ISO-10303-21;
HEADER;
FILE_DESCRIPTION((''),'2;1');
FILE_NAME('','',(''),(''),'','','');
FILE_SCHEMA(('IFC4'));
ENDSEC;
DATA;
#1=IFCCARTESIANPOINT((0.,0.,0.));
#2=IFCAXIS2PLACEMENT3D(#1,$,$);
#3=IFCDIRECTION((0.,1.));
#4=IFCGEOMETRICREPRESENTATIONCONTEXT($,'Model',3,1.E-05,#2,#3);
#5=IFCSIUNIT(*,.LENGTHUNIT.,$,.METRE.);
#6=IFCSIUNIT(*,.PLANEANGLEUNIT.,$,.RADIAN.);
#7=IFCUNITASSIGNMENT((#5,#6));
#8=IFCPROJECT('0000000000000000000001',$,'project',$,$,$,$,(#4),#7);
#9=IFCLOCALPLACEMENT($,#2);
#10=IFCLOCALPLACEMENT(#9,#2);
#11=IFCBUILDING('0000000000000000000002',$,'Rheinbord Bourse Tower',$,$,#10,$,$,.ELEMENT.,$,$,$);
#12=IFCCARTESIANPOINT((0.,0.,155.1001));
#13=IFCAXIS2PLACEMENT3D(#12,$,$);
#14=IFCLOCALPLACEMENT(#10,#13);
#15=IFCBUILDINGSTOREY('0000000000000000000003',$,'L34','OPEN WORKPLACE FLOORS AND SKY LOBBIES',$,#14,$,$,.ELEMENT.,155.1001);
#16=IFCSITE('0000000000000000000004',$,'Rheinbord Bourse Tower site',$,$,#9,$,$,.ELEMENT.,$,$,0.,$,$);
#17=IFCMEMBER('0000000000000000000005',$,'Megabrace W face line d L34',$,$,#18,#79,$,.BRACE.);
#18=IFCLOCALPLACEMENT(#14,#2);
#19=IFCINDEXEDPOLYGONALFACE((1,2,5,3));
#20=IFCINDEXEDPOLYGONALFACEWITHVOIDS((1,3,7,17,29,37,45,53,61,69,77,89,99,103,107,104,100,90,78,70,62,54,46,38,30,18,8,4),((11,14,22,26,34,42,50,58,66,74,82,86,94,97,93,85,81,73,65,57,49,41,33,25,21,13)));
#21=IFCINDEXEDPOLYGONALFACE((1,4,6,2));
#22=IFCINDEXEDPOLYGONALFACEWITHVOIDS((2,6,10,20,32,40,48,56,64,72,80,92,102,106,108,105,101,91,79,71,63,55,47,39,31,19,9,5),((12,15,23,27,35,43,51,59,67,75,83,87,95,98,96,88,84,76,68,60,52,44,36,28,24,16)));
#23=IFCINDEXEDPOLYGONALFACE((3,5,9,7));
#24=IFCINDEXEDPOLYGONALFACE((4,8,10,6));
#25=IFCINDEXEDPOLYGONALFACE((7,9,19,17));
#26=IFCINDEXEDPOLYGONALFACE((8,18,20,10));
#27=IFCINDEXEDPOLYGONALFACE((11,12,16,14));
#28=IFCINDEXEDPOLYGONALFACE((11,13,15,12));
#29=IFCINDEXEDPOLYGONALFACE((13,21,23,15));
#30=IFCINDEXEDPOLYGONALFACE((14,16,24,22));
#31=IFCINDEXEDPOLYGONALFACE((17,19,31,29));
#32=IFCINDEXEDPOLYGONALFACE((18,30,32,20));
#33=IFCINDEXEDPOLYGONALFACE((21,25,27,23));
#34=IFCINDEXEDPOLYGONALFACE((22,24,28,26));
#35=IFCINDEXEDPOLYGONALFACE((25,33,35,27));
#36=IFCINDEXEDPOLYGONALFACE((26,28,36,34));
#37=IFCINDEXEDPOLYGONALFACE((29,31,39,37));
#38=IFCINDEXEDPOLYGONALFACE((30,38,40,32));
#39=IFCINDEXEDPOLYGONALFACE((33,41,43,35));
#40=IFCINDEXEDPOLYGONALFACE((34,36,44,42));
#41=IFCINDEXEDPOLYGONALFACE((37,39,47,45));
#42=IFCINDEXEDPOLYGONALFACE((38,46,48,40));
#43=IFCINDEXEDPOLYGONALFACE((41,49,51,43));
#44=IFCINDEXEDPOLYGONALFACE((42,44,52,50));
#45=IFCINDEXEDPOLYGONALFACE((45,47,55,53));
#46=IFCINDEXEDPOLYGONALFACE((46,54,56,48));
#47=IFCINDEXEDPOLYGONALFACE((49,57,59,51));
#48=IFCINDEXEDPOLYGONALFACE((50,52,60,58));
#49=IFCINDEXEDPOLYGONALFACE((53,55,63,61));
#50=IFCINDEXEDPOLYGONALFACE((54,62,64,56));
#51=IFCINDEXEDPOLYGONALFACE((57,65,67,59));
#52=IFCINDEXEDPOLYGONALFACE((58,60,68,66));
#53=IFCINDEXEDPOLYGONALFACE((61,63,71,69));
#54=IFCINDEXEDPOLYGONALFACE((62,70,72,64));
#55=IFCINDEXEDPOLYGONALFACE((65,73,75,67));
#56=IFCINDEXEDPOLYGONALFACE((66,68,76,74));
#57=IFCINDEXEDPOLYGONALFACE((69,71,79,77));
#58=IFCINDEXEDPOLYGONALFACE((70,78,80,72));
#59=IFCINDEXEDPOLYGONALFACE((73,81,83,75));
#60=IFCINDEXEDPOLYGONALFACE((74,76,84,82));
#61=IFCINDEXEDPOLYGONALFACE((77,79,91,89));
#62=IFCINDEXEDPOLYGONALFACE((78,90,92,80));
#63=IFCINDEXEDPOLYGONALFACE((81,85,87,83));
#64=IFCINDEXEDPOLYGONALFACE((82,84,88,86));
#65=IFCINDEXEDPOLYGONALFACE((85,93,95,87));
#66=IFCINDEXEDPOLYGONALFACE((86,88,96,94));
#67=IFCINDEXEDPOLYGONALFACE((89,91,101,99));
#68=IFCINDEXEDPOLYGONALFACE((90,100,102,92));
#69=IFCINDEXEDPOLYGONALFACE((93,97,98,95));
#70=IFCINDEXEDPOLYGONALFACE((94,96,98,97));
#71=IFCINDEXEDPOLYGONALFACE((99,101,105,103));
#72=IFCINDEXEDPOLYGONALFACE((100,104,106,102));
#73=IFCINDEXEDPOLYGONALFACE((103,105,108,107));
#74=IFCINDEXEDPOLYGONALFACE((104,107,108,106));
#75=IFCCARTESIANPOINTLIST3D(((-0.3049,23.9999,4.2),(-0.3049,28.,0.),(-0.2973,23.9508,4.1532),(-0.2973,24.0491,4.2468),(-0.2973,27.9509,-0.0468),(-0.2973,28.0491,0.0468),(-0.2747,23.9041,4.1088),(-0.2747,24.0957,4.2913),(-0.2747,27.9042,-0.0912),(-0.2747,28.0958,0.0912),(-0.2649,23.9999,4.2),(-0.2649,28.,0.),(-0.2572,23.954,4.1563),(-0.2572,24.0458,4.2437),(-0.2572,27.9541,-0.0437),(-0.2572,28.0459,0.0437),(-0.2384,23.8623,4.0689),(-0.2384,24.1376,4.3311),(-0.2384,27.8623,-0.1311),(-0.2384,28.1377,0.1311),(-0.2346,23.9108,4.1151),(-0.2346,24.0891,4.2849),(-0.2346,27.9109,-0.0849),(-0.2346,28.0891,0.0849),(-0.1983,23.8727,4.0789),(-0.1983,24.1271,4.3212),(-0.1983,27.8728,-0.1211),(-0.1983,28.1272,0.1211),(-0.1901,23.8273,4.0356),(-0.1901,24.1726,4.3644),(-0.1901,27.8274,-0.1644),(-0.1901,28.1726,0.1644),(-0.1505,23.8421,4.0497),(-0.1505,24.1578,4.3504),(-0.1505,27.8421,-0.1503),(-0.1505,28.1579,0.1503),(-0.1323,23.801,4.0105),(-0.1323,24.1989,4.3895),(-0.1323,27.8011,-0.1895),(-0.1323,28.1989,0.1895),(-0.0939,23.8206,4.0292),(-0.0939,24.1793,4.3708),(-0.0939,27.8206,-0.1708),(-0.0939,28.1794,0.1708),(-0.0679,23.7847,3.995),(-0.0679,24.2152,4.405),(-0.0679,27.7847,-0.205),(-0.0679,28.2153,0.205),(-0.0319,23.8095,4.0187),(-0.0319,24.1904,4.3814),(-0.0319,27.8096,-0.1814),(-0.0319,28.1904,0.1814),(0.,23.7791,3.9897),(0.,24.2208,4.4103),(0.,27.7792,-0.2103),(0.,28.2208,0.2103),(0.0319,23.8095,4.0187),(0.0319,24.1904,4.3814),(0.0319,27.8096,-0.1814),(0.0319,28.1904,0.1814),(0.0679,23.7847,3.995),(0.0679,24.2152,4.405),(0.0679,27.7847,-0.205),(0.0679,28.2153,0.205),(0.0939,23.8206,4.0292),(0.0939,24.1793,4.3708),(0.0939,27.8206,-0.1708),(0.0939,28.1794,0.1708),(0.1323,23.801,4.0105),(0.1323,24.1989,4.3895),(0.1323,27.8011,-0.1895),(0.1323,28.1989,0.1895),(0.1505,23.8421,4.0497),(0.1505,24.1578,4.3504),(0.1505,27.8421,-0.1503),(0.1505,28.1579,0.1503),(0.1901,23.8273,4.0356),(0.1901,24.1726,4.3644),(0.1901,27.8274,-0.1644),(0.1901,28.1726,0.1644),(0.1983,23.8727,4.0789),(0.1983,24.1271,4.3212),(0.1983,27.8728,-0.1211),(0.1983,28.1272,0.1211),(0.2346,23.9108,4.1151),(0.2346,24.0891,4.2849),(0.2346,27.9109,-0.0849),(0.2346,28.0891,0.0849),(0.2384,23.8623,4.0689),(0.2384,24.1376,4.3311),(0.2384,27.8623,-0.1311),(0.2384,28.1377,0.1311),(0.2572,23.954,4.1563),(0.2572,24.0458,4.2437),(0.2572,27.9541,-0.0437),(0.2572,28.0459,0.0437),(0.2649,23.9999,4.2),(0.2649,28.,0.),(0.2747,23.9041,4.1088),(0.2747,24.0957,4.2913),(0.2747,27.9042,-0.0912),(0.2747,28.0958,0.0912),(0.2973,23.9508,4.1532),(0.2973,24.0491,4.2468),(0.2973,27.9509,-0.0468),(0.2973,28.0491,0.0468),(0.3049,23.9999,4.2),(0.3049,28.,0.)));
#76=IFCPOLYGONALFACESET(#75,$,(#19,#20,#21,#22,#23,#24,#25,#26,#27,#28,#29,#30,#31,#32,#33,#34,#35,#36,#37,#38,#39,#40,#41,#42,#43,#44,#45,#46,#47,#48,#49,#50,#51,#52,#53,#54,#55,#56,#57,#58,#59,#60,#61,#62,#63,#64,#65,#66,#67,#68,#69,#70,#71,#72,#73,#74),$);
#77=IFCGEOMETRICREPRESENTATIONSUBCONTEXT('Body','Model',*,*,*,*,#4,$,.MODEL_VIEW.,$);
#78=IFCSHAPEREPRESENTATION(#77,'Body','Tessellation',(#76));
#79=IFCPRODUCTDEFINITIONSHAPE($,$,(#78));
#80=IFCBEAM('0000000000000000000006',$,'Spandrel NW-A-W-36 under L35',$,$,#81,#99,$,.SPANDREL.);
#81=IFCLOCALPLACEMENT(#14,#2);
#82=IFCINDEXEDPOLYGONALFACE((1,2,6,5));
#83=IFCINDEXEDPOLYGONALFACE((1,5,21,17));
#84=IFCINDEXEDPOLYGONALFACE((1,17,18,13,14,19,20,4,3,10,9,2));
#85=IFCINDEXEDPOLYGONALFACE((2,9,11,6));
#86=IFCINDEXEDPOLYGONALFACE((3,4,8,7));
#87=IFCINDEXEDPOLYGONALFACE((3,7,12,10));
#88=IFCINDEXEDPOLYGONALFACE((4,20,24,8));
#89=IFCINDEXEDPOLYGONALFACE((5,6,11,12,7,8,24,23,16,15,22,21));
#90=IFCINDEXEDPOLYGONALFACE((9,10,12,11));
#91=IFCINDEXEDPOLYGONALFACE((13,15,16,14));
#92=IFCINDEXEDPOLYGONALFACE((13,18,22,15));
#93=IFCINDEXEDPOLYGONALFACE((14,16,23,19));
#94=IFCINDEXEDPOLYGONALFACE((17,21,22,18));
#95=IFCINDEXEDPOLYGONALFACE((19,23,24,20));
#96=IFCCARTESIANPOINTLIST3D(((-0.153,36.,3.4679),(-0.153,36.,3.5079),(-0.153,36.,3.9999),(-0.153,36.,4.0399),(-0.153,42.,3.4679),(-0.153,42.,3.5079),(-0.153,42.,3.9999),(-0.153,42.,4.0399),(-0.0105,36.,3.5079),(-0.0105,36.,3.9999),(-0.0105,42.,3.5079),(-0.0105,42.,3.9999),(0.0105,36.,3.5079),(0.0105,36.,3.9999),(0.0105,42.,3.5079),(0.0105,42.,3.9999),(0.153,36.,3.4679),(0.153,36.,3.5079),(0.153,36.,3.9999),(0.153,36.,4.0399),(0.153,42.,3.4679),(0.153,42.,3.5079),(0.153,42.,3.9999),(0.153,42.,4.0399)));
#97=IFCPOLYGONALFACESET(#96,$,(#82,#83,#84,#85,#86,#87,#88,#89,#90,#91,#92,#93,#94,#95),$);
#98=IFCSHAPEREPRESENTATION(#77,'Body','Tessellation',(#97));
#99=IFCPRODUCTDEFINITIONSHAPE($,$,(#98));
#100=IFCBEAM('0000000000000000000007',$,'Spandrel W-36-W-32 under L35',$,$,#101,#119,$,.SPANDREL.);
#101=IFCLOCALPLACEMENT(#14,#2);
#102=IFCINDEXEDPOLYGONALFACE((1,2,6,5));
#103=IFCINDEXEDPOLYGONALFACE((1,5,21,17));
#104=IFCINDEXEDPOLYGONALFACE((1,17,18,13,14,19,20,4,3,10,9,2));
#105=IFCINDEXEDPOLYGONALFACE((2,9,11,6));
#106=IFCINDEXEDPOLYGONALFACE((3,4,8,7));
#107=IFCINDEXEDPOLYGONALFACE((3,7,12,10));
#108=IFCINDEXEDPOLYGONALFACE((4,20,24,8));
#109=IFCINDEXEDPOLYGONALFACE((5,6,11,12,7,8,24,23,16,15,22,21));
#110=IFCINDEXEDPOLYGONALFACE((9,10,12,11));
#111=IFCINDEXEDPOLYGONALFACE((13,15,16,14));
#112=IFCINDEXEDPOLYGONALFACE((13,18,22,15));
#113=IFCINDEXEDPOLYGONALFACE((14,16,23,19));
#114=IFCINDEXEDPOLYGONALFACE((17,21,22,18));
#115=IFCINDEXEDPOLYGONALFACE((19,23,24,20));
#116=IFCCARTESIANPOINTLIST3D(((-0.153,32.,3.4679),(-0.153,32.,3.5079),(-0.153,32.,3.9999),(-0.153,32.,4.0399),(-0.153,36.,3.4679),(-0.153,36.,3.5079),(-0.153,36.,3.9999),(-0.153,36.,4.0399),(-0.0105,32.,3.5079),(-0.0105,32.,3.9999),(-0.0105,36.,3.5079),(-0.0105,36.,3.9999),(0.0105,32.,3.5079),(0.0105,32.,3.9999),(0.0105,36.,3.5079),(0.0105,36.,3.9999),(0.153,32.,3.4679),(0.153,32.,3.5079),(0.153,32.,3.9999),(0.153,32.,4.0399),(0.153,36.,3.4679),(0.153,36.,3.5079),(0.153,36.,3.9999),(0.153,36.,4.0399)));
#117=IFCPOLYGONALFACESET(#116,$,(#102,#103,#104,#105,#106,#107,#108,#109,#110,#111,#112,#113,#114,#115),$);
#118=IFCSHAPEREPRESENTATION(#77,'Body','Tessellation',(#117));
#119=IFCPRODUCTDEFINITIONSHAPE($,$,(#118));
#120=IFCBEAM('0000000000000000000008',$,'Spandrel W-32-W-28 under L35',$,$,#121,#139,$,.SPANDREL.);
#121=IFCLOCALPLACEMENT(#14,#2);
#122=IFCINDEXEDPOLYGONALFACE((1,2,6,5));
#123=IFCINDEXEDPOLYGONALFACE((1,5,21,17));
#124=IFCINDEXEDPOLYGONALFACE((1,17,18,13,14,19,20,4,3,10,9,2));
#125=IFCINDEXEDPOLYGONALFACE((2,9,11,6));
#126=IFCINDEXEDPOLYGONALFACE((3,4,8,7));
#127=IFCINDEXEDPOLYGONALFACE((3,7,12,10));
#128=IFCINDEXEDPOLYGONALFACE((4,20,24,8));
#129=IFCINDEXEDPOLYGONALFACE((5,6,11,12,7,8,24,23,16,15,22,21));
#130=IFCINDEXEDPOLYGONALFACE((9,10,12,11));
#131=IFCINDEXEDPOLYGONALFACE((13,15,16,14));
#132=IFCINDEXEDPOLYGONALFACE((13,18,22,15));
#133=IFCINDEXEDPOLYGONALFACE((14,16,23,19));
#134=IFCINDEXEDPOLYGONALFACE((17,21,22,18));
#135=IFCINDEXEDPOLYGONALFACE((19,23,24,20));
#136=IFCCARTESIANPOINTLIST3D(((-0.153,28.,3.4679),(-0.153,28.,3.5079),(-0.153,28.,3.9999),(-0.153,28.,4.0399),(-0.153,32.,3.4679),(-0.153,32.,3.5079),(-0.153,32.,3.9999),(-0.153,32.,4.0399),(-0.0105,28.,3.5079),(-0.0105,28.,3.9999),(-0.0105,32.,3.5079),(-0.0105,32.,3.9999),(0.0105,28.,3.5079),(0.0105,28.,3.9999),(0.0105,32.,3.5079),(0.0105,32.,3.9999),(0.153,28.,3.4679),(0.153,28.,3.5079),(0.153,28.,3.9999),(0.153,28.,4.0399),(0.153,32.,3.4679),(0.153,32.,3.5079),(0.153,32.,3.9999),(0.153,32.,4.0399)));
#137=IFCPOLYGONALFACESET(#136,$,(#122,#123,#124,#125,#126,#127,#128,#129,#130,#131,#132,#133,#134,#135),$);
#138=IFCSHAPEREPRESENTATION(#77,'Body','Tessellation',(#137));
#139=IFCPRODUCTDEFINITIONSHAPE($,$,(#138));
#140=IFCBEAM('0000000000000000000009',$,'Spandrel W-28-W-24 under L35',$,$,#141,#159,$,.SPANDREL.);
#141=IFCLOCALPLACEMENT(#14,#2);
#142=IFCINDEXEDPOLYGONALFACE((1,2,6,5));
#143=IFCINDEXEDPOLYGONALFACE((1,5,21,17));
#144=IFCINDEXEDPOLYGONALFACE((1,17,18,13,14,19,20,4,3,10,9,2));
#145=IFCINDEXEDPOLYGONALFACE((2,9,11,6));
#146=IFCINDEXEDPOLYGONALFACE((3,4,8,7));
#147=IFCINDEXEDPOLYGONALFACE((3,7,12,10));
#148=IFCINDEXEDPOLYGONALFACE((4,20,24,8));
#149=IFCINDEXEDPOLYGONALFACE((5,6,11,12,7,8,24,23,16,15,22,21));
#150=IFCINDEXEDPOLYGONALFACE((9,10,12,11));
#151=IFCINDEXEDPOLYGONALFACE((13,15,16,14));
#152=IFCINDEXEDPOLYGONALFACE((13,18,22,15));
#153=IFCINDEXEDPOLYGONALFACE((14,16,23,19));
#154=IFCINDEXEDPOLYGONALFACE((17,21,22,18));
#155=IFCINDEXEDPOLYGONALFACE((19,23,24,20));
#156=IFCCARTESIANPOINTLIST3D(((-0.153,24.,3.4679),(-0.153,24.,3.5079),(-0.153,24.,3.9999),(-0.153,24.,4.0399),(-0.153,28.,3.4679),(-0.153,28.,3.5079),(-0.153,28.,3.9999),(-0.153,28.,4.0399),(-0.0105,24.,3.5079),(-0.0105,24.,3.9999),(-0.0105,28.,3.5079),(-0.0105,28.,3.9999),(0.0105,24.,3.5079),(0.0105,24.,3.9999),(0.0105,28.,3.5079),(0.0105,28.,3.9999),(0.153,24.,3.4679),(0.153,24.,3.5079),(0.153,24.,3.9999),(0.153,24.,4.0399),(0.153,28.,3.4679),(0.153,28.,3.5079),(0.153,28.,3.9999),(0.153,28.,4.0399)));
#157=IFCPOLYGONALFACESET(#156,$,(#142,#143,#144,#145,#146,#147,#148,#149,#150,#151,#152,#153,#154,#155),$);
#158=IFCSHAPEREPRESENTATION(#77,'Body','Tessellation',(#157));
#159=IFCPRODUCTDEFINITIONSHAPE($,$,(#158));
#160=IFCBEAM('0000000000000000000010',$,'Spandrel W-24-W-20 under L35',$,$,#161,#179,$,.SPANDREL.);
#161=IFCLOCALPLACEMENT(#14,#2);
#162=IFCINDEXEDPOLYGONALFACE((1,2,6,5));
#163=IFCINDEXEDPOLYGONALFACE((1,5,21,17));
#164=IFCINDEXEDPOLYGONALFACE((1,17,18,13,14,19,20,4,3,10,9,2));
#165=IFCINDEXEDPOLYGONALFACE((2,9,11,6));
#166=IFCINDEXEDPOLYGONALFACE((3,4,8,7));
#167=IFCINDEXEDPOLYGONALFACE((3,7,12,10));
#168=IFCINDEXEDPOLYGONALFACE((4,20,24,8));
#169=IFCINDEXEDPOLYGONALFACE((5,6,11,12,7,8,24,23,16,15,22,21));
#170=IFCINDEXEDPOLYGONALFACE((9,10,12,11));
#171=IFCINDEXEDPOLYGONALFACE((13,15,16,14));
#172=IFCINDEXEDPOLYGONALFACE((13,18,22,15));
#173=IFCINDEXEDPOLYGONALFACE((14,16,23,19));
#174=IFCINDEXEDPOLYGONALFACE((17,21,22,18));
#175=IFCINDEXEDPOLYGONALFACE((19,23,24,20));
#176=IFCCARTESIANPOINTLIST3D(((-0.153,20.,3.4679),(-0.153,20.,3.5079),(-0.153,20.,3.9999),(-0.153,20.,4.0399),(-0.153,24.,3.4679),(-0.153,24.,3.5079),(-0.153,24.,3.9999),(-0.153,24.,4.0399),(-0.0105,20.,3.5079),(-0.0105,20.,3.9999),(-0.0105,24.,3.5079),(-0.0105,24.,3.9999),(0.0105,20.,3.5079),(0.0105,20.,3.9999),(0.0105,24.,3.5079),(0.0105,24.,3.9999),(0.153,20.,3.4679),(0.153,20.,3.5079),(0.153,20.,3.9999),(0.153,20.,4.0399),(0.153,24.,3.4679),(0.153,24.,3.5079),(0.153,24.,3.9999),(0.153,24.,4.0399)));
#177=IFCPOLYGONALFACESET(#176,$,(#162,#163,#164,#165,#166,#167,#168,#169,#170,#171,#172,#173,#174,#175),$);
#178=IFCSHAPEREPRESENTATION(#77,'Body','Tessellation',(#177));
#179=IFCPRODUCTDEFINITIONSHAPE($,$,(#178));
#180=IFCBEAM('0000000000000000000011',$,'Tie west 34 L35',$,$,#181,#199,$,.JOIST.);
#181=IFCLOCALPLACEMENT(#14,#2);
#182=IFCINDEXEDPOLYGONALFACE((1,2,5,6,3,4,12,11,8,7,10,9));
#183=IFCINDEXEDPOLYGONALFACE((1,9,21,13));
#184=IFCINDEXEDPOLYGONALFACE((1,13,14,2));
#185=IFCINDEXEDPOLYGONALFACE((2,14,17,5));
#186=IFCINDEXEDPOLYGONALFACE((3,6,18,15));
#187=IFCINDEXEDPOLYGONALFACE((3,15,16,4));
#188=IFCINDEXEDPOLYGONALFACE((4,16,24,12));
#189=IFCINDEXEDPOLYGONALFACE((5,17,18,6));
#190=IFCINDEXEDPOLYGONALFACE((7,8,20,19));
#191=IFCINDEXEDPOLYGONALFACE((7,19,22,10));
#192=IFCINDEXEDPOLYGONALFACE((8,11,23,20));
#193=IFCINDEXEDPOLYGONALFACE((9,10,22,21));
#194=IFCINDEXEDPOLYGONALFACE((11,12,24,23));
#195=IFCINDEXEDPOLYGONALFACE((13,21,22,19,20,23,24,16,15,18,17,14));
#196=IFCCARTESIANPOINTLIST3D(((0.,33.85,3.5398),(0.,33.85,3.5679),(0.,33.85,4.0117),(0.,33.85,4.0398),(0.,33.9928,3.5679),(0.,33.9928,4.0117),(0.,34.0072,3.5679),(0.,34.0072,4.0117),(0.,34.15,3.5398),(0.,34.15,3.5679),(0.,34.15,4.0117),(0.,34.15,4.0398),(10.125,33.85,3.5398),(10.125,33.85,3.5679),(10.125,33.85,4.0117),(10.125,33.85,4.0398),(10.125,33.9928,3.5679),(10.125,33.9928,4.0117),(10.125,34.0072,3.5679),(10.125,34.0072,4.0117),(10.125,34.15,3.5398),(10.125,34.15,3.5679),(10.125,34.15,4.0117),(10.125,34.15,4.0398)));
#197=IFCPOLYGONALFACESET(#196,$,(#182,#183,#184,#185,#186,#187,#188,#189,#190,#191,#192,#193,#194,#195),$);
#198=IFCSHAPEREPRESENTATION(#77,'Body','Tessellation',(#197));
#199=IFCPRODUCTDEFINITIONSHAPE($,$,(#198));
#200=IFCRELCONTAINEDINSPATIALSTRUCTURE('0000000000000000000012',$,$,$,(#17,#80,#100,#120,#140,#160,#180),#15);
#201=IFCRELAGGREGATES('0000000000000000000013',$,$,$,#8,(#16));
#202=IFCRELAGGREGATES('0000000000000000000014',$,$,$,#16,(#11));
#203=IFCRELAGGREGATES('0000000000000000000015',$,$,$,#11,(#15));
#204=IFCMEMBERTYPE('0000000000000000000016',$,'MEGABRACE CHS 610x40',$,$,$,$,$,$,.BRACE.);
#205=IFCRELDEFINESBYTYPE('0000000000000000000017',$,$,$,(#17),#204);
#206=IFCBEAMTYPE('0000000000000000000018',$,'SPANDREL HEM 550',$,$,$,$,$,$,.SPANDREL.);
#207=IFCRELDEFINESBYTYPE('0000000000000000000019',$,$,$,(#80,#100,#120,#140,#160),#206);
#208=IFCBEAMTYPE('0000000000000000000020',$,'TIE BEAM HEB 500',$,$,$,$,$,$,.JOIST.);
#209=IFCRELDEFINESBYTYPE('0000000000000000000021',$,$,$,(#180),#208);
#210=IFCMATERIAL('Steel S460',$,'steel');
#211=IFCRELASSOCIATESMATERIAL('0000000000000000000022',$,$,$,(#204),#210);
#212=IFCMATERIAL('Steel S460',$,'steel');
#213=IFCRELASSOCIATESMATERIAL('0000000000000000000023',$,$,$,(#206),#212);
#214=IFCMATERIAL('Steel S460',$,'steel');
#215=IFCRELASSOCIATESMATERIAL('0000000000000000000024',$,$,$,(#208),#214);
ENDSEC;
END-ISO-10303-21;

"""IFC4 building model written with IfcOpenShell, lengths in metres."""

from ifc_helpers import new_model, si_unit, direction, frame, origin, origin_2d, place, context, subcontext, project, spatial, hollow_circle, i_section, extrude, material, material_profile, profile_set, type_object, element, save


model = new_model("IFC4")

# Units and contexts
model_context = context("Model", 3, precision=1e-05, world=origin(), true_north=direction((0.0, 1.0)))
body_context = subcontext(model_context, "Body", "Model", "MODEL_VIEW")
ifc_project = project(units=[si_unit("LENGTHUNIT", "METRE"), si_unit("PLANEANGLEUNIT", "RADIAN")], contexts=[model_context])

# Site, building, storey
site_placement = place(None, origin())
site = spatial("IfcSite", under=ifc_project, at=site_placement, Name="Rheinbord Bourse Tower site", CompositionType="ELEMENT", RefElevation=0.0)
building_placement = place(site_placement, origin())
building = spatial("IfcBuilding", under=site, at=building_placement, Name="Rheinbord Bourse Tower", CompositionType="ELEMENT")
storey_placement = place(building_placement, frame((0.0, 0.0, 155.1001)))
storey = spatial("IfcBuildingStorey", under=building, at=storey_placement, Name="L34", Description="OPEN WORKPLACE FLOORS AND SKY LOBBIES", CompositionType="ELEMENT", Elevation=155.1001)

# Member
ifc_material_1 = material(Name="Steel S460", Category="steel")
ifc_material_profile_1 = material_profile(ifc_material_1, hollow_circle(Radius=0.3049, WallThickness=0.04, at=origin_2d()), Name="CHS 610x40")
ifc_profile_set_1 = profile_set([ifc_material_profile_1], Name="Steel S460")
member_type_1 = type_object("IfcMemberType", Name="MEGABRACE CHS 610x40", PredefinedType="BRACE", material=ifc_profile_set_1)
member_1_placement = place(storey_placement, frame((0.0, 28.0, 0.0), z_axis=(0.0, -0.689659, 0.724134), x_axis=(1.0, 0.0, 0.0)))
element("IfcMember", 1, at=member_1_placement, inside=storey, type_object=member_type_1, Name="Megabrace W face line d L34", PredefinedType="BRACE", context=body_context, shape_type="SweptSolid", body=[
    extrude(hollow_circle(Radius=0.3049, WallThickness=0.04, at=origin_2d()), origin(), (0.0, 0.0, 1.0), 5.8),
])

# Beams
ifc_material_2 = material(Name="Steel S460", Category="steel")
ifc_material_profile_2 = material_profile(ifc_material_2, i_section(OverallWidth=0.3059, OverallDepth=0.572, WebThickness=0.021, FlangeThickness=0.04, at=origin_2d()), Name="HEM 550")
ifc_profile_set_2 = profile_set([ifc_material_profile_2], Name="Steel S460")
beam_type_1 = type_object("IfcBeamType", Name="SPANDREL HEM 550", PredefinedType="SPANDREL", material=ifc_profile_set_2)
beam_1_placement = place(storey_placement, frame((0.0, 42.0, 3.7539), z_axis=(0.0, -1.0, 0.0), x_axis=(1.0, 0.0, 0.0)))
element("IfcBeam", 2, at=beam_1_placement, inside=storey, type_object=beam_type_1, Name="Spandrel NW-A-W-36 under L35", PredefinedType="SPANDREL", context=body_context, shape_type="SweptSolid", body=[
    extrude(i_section(OverallWidth=0.3059, OverallDepth=0.572, WebThickness=0.021, FlangeThickness=0.04, at=origin_2d()), origin(), (0.0, 0.0, 1.0), 6.0),
])
for number, where, z_axis, x_axis, name in (
    (3, (0.0, 36.0, 3.7539), (0.0, -1.0, 0.0), (1.0, 0.0, 0.0), "Spandrel W-36-W-32 under L35"),
    (4, (0.0, 32.0, 3.7539), (0.0, -1.0, 0.0), (1.0, 0.0, 0.0), "Spandrel W-32-W-28 under L35"),
    (5, (0.0, 28.0, 3.7539), (0.0, -1.0, 0.0), (1.0, 0.0, 0.0), "Spandrel W-28-W-24 under L35"),
    (6, (0.0, 24.0, 3.7539), (0.0, -1.0, 0.0), (1.0, 0.0, 0.0), "Spandrel W-24-W-20 under L35"),
):
    element("IfcBeam", number, at=place(storey_placement, frame(where, z_axis=z_axis, x_axis=x_axis)), inside=storey, type_object=beam_type_1, Name=name, PredefinedType="SPANDREL", context=body_context, shape_type="SweptSolid", body=[
        extrude(i_section(OverallWidth=0.3059, OverallDepth=0.572, WebThickness=0.021, FlangeThickness=0.04, at=origin_2d()), origin(), (0.0, 0.0, 1.0), 4.0),
    ])
ifc_material_3 = material(Name="Steel S460", Category="steel")
ifc_material_profile_3 = material_profile(ifc_material_3, i_section(OverallWidth=0.3, OverallDepth=0.5, WebThickness=0.0144, FlangeThickness=0.0281, at=origin_2d()), Name="HEB 500")
ifc_profile_set_3 = profile_set([ifc_material_profile_3], Name="Steel S460")
beam_type_2 = type_object("IfcBeamType", Name="TIE BEAM HEB 500", PredefinedType="JOIST", material=ifc_profile_set_3)
for number, where, z_axis, x_axis, name in (
    (7, (0.0, 34.0, 3.7898), (1.0, 0.0, 0.0), (0.0, 1.0, 0.0), "Tie west 34 L35"),
):
    element("IfcBeam", number, at=place(storey_placement, frame(where, z_axis=z_axis, x_axis=x_axis)), inside=storey, type_object=beam_type_2, Name=name, PredefinedType="JOIST", context=body_context, shape_type="SweptSolid", body=[
        extrude(i_section(OverallWidth=0.3, OverallDepth=0.5, WebThickness=0.0144, FlangeThickness=0.0281, at=origin_2d()), origin(), (0.0, 0.0, 1.0), 10.125),
    ])

save(model, "model.ifc")
